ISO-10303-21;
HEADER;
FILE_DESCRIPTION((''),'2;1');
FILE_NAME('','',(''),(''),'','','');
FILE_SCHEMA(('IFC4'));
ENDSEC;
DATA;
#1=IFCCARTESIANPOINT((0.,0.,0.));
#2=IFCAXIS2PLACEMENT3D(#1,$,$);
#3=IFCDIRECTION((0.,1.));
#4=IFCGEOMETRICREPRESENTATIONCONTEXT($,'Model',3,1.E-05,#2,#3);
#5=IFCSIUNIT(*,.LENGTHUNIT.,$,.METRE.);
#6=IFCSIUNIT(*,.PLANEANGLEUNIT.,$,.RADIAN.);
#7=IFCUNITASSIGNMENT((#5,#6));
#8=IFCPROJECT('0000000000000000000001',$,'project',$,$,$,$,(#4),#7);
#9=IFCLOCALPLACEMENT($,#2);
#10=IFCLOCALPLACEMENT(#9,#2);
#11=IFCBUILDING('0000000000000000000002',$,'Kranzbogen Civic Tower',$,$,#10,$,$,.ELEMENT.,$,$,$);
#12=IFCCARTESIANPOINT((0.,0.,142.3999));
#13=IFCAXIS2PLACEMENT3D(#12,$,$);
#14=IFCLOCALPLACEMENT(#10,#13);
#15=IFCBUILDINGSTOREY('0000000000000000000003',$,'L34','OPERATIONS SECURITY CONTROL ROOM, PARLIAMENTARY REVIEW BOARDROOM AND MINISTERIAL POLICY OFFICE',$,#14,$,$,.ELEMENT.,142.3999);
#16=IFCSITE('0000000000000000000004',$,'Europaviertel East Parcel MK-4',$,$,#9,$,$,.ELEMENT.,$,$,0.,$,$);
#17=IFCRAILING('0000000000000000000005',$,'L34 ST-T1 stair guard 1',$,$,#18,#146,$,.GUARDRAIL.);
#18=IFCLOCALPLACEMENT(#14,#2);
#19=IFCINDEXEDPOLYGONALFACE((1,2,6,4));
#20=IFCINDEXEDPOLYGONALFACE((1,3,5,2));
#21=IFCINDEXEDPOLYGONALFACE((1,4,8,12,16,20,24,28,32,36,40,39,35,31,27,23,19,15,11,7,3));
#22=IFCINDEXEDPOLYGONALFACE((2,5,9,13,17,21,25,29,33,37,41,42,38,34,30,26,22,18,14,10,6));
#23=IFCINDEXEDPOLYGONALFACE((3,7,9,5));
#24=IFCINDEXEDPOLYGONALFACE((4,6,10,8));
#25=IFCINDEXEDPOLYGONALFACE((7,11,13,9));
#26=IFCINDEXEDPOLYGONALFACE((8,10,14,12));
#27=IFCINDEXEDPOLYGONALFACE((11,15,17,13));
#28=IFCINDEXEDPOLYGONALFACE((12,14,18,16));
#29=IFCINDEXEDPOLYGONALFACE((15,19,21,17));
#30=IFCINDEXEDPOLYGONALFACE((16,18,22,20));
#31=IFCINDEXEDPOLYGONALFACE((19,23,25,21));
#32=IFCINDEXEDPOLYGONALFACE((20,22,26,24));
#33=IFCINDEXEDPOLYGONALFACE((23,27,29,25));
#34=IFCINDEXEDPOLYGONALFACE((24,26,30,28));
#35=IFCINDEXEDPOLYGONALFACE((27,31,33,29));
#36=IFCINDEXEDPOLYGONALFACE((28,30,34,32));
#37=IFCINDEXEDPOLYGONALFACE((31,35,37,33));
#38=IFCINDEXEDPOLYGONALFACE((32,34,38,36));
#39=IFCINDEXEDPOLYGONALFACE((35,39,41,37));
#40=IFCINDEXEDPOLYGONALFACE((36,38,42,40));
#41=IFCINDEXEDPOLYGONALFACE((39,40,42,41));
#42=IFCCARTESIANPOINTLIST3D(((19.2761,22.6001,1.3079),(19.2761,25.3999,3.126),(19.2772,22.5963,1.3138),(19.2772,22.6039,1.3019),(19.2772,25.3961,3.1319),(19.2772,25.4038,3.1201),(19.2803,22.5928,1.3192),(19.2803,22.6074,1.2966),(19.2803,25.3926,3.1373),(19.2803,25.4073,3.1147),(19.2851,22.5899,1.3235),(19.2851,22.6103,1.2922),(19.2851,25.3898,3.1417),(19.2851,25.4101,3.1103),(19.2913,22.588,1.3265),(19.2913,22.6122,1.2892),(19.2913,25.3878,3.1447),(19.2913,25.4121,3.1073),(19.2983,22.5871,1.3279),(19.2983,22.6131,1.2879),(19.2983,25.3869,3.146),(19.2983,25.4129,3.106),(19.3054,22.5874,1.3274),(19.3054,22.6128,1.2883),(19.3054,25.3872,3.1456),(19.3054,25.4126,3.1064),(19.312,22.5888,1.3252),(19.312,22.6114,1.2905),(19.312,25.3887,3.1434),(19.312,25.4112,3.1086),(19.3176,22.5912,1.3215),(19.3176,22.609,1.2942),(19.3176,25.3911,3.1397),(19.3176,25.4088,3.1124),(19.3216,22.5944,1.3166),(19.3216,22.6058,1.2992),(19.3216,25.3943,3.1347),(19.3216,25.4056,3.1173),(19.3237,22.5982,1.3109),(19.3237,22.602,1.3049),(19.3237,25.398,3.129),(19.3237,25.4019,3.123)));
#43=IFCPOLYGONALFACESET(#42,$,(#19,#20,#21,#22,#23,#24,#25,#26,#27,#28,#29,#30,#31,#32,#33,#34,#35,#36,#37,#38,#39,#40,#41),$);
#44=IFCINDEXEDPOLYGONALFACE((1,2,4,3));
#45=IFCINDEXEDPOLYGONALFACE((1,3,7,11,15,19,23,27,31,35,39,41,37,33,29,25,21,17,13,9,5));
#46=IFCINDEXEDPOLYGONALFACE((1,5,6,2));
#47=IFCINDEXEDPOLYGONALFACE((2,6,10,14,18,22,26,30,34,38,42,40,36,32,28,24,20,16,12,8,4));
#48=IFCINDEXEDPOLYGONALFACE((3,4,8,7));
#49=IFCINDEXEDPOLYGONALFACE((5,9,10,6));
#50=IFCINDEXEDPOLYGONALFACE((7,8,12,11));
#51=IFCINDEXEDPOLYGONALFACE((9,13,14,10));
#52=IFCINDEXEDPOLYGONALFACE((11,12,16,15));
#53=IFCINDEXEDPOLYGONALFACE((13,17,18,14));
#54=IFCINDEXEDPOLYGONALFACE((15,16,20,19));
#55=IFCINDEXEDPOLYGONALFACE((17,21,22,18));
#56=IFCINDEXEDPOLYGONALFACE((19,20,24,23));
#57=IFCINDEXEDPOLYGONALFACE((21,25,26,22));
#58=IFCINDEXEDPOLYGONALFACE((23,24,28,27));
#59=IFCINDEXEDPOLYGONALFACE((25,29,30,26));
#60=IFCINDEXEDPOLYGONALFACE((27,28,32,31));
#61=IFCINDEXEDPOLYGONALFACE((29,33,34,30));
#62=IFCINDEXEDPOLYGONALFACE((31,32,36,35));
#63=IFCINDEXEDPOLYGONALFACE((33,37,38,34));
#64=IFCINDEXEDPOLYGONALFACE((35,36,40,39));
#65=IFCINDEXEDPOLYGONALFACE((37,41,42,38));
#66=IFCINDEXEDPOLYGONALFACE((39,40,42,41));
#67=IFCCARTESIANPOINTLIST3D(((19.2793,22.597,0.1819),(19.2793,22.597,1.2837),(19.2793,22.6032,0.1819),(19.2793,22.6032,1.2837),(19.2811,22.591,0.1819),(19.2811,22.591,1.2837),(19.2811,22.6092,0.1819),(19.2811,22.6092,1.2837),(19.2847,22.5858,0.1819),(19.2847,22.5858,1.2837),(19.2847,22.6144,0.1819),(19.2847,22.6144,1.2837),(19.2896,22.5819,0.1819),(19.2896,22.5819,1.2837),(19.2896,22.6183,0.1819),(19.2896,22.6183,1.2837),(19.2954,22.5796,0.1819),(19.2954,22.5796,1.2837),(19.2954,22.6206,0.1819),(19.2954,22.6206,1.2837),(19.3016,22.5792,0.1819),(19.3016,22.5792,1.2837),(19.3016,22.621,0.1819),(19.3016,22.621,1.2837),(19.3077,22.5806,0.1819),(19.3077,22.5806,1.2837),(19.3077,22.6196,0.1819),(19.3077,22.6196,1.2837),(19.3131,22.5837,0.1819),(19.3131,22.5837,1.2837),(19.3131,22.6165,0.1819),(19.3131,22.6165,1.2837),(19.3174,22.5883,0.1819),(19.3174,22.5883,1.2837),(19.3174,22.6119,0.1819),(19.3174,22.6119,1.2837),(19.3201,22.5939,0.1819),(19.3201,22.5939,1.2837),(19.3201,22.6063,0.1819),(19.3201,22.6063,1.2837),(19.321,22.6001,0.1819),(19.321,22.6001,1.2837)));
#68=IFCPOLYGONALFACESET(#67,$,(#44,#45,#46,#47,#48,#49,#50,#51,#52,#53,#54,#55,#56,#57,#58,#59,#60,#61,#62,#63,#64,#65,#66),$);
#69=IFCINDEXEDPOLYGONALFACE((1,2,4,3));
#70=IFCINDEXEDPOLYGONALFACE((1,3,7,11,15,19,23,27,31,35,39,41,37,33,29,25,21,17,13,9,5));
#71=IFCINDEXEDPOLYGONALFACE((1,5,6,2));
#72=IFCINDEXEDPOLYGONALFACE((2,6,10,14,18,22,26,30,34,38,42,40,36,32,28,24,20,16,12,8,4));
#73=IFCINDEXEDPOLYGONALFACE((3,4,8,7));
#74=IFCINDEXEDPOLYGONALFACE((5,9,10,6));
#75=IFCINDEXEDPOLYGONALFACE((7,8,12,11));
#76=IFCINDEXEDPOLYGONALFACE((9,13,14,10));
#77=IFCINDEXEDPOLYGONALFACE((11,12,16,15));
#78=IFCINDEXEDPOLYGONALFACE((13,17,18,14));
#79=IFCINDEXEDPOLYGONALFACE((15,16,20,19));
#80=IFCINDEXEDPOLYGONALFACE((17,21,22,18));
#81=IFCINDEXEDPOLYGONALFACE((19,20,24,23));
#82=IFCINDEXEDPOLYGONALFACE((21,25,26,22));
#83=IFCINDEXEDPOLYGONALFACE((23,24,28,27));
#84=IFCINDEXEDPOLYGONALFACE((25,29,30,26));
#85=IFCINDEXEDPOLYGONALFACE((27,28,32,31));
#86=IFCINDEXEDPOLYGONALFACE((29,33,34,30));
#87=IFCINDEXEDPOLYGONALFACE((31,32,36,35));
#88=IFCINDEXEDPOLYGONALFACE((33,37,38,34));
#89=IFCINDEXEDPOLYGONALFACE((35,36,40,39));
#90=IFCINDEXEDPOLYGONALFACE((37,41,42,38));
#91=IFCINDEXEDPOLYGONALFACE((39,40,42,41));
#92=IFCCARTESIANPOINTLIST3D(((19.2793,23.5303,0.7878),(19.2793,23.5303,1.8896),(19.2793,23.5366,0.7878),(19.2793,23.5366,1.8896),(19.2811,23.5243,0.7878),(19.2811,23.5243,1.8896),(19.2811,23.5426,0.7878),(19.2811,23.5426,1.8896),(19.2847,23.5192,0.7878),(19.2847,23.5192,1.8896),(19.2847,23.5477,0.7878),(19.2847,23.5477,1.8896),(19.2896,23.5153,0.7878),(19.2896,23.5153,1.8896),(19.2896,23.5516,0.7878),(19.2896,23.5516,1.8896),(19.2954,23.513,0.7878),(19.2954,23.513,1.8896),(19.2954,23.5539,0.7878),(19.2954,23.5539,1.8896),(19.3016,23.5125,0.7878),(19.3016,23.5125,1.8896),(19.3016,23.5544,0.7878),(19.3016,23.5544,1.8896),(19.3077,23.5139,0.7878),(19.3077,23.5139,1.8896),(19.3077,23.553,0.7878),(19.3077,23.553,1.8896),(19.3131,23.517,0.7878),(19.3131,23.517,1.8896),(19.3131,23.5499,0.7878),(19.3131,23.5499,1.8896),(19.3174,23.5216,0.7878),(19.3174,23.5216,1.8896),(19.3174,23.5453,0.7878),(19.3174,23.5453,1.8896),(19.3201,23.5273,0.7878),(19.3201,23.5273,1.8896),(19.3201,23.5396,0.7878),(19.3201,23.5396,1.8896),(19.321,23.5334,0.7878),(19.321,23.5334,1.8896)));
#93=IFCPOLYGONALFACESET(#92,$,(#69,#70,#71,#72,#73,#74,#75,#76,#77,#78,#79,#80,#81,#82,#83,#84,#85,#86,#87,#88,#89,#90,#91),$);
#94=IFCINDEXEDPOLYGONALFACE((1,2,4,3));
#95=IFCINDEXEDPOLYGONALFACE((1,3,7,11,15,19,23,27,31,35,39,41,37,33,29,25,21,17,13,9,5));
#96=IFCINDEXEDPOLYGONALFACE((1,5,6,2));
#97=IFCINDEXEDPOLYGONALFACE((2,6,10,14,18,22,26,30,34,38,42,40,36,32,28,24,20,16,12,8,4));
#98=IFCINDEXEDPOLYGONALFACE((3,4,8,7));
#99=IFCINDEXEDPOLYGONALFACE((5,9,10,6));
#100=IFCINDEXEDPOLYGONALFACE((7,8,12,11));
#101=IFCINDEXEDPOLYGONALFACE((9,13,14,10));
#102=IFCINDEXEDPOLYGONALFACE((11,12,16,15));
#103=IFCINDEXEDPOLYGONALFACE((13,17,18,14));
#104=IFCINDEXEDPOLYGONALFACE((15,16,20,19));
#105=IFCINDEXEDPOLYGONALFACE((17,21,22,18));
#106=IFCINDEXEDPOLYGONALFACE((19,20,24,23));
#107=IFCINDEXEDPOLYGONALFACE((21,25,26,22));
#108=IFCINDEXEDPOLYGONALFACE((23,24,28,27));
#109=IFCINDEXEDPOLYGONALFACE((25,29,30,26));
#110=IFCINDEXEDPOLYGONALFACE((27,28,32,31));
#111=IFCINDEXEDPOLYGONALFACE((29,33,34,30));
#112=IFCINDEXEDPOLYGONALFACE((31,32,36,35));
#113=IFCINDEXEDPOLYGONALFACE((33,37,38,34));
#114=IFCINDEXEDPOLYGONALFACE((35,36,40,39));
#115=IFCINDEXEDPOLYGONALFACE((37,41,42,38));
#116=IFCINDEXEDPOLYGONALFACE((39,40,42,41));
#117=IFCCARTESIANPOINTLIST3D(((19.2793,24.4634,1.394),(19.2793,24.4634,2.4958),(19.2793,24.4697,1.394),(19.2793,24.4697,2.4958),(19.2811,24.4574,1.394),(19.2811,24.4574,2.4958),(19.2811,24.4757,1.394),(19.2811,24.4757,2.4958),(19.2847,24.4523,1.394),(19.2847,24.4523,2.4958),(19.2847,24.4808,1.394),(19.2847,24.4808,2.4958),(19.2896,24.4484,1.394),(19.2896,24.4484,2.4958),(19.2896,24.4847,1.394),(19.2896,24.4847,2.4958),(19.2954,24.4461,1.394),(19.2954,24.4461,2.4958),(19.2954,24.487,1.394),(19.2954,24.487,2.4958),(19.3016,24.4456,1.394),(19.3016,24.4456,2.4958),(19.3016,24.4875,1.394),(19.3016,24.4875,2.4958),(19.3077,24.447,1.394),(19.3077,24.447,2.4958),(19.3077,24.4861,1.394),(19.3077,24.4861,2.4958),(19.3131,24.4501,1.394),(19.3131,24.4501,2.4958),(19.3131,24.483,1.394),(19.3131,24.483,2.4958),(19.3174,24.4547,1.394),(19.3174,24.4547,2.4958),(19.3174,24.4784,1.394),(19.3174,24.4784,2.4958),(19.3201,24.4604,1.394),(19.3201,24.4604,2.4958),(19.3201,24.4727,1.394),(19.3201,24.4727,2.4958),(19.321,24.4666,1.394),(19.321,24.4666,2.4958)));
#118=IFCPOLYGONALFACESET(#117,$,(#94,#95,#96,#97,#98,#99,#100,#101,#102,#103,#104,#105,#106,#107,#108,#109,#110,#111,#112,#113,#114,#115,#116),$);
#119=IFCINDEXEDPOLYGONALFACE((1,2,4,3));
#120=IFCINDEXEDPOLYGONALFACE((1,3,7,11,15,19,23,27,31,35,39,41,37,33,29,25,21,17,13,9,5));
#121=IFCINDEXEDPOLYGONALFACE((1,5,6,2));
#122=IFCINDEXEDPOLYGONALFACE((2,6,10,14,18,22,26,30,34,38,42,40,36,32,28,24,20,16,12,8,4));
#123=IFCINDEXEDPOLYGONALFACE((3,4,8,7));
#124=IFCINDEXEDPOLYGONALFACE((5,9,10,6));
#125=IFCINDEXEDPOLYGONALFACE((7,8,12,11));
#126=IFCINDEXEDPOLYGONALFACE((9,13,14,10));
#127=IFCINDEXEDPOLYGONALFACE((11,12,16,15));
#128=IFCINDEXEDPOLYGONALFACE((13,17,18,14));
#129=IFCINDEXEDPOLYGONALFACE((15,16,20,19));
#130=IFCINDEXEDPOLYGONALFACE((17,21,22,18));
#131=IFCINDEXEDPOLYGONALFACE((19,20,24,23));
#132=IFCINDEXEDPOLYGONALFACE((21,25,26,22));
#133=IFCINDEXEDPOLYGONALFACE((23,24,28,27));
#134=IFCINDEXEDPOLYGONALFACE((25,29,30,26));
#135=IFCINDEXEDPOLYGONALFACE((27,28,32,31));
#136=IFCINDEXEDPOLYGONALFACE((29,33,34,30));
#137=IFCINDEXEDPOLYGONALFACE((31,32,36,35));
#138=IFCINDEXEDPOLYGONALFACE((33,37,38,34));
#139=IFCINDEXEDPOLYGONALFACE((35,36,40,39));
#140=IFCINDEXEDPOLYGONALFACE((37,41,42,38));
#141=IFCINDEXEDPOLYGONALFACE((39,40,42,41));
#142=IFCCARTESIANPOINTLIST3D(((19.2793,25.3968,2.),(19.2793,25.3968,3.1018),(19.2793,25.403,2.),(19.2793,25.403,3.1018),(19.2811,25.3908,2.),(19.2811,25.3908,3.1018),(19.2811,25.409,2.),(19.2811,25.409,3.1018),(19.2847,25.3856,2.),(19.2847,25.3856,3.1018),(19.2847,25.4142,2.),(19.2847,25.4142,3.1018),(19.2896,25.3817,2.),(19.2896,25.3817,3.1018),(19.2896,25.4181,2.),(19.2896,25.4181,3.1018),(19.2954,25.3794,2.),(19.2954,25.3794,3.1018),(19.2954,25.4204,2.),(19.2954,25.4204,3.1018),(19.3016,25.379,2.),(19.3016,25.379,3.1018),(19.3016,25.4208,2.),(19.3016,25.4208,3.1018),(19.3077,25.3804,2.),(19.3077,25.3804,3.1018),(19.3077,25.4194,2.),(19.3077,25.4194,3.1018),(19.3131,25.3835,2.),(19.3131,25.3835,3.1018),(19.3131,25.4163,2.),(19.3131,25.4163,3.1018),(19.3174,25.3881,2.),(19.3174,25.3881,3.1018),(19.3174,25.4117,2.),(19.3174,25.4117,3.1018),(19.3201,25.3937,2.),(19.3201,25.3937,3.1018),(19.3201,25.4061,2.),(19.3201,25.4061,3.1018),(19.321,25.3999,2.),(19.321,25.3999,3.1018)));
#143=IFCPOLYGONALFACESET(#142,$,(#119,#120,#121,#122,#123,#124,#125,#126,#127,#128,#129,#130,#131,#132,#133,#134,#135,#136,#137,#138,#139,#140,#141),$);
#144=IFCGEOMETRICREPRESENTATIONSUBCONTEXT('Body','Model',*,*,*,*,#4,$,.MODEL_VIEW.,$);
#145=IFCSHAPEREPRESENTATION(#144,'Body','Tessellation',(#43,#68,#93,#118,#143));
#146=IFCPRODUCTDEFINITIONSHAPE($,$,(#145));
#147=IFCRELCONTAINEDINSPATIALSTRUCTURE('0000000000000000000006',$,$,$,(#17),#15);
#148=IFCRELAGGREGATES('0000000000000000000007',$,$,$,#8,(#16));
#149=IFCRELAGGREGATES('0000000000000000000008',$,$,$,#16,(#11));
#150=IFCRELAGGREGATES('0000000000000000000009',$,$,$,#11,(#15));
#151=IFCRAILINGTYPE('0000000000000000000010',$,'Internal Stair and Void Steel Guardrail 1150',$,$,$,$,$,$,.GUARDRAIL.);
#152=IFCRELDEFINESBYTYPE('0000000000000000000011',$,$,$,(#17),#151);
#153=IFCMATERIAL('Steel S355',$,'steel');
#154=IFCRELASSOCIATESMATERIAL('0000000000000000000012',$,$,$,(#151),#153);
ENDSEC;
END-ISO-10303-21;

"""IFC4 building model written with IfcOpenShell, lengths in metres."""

from ifc_helpers import new_model, si_unit, direction, frame, origin, origin_2d, place, context, subcontext, project, spatial, circle, extrude, material, type_object, element, save


model = new_model("IFC4")

# Units and contexts
model_context = context("Model", 3, precision=1e-05, world=origin(), true_north=direction((0.0, 1.0)))
body_context = subcontext(model_context, "Body", "Model", "MODEL_VIEW")
ifc_project = project(units=[si_unit("LENGTHUNIT", "METRE"), si_unit("PLANEANGLEUNIT", "RADIAN")], contexts=[model_context])

# Site, building, storey
site_placement = place(None, origin())
site = spatial("IfcSite", under=ifc_project, at=site_placement, Name="Europaviertel East Parcel MK-4", CompositionType="ELEMENT", RefElevation=0.0)
building_placement = place(site_placement, origin())
building = spatial("IfcBuilding", under=site, at=building_placement, Name="Kranzbogen Civic Tower", CompositionType="ELEMENT")
storey_placement = place(building_placement, frame((0.0, 0.0, 142.3999)))
storey = spatial("IfcBuildingStorey", under=building, at=storey_placement, Name="L34", Description="OPERATIONS SECURITY CONTROL ROOM, PARLIAMENTARY REVIEW BOARDROOM AND MINISTERIAL POLICY OFFICE", CompositionType="ELEMENT", Elevation=142.3999)

# Shared definitions
ifc_material_1 = material(Name="Steel S355", Category="steel")

# Railing
railing_type_1 = type_object("IfcRailingType", Name="Internal Stair and Void Steel Guardrail 1150", PredefinedType="GUARDRAIL", material=ifc_material_1)
railing_1_placement = place(storey_placement, frame((19.3, 22.6001, 0.1819)))
element("IfcRailing", 1, at=railing_1_placement, inside=storey, type_object=railing_type_1, Name="L34 ST-T1 stair guard 1", PredefinedType="GUARDRAIL", context=body_context, shape_type="SweptSolid", body=[
    extrude(circle(Radius=0.0239, at=origin_2d()), frame((0.0, 0.0, 1.126), z_axis=(0.0, 0.838684, 0.544618), x_axis=(-1.0, 0.0, 0.0)), (0.0, 0.0, 1.0), 3.3384),
    extrude(circle(Radius=0.021, at=origin_2d()), origin(), (0.0, 0.0, 1.0), 1.1018),
    extrude(circle(Radius=0.021, at=origin_2d()), frame((0.0, 0.9333, 0.606)), (0.0, 0.0, 1.0), 1.1018),
    extrude(circle(Radius=0.021, at=origin_2d()), frame((0.0, 1.8665, 1.2122)), (0.0, 0.0, 1.0), 1.1018),
    extrude(circle(Radius=0.021, at=origin_2d()), frame((0.0, 2.7998, 1.8181)), (0.0, 0.0, 1.0), 1.1018),
])

save(model, "model.ifc")
